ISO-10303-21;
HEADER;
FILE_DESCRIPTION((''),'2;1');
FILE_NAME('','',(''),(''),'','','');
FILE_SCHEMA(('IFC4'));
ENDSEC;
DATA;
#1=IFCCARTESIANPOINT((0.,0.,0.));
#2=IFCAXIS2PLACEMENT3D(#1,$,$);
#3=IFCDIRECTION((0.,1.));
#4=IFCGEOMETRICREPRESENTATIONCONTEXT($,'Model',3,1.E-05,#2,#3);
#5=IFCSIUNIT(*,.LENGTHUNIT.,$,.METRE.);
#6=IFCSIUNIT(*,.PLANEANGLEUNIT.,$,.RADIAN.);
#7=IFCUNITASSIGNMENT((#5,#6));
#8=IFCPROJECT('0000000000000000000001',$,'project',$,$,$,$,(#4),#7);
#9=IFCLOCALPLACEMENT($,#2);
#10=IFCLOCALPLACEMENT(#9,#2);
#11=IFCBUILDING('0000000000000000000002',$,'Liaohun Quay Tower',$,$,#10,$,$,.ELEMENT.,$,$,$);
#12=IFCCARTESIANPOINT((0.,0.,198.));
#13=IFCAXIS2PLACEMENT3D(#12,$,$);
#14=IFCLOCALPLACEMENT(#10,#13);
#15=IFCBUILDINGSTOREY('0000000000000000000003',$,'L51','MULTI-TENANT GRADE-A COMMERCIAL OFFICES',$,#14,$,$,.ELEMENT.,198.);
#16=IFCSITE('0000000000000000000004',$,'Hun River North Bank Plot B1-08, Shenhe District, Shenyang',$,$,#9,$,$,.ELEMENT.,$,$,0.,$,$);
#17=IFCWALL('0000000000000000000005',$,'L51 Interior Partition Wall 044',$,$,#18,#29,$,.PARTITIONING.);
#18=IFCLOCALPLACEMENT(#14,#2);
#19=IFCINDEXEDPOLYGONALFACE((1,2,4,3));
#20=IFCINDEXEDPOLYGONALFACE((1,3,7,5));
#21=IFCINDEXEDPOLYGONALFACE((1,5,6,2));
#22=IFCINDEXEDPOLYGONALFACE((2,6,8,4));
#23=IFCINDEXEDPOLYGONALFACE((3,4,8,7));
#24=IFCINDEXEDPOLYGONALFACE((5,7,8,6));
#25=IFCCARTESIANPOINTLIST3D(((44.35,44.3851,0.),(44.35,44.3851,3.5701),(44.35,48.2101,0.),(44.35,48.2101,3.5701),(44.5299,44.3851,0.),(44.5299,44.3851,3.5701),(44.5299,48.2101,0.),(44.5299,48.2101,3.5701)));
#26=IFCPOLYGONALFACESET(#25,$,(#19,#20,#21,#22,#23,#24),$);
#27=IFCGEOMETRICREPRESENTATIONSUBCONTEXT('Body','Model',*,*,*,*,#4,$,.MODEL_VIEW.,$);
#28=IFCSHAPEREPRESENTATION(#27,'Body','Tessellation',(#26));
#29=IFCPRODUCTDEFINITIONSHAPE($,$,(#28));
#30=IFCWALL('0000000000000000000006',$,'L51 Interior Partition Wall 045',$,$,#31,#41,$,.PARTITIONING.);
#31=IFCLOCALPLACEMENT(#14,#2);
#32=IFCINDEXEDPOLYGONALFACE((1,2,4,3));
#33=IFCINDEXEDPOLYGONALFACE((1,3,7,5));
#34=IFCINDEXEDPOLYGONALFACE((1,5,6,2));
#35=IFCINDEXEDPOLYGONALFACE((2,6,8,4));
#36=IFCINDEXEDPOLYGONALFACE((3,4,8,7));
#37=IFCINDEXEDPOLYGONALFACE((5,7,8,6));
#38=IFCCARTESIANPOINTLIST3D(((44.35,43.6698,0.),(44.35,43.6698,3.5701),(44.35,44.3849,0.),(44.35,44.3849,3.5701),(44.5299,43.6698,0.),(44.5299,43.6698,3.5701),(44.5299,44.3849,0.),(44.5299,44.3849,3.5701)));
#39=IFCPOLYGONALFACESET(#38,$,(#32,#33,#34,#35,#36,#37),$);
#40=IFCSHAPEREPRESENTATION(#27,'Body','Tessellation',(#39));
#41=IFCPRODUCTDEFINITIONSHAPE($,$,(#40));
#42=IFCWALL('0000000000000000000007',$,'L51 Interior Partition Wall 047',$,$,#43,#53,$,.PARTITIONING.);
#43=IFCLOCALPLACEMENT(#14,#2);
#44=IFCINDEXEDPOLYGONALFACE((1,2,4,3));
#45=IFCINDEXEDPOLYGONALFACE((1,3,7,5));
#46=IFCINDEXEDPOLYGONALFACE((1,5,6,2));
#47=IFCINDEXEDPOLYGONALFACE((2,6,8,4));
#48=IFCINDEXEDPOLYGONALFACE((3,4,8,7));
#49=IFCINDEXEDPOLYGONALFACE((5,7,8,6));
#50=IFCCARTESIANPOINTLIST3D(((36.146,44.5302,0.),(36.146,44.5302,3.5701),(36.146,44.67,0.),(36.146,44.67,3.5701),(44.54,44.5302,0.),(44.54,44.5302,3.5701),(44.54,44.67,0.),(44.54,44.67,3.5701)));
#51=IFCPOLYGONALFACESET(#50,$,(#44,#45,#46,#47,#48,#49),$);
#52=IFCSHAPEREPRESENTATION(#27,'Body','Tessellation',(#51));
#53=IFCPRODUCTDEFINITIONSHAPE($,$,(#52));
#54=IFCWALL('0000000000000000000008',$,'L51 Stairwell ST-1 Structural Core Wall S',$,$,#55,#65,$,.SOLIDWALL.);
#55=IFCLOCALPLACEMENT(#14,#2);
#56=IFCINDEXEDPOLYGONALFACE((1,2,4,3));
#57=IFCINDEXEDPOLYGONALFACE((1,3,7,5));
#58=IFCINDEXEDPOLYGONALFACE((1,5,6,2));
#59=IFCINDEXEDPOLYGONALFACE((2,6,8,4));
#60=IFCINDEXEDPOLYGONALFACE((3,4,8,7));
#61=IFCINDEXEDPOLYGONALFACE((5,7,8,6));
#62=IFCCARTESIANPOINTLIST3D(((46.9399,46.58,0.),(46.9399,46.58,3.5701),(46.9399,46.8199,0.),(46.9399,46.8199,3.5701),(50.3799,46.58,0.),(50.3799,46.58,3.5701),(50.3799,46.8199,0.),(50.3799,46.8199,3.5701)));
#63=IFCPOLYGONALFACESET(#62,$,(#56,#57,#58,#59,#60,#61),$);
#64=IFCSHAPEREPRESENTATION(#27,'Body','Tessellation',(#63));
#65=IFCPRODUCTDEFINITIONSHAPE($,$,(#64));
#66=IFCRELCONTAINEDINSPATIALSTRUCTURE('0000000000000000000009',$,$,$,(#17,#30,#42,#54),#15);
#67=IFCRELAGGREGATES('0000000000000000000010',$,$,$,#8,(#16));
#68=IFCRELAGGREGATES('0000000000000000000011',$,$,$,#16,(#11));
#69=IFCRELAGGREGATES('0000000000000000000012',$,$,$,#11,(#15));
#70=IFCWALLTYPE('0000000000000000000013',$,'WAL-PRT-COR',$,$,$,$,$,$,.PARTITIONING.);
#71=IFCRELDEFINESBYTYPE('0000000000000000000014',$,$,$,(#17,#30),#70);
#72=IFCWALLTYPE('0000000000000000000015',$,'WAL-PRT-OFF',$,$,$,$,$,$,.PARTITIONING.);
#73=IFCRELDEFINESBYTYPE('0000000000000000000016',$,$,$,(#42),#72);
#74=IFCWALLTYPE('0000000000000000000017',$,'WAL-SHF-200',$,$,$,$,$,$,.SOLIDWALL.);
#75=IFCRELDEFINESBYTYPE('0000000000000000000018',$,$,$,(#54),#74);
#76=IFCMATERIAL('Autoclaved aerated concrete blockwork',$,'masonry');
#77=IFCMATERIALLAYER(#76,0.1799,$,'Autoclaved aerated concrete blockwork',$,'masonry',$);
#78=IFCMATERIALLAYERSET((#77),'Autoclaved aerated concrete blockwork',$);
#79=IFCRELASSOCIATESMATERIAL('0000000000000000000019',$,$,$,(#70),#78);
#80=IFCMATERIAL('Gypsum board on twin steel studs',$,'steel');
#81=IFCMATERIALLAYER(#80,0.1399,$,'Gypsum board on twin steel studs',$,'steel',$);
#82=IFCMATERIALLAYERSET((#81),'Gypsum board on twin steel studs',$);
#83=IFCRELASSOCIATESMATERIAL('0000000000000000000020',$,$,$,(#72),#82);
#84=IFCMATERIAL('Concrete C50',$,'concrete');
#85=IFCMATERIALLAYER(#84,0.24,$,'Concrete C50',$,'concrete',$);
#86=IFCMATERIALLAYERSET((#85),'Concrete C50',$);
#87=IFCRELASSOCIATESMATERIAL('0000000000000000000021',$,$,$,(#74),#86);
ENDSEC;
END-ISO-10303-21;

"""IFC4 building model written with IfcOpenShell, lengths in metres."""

from ifc_helpers import new_model, si_unit, direction, frame, frame_2d, origin, place, context, subcontext, project, spatial, rectangle, extrude, material, layer, layer_set, type_object, element, save


model = new_model("IFC4")

# Units and contexts
model_context = context("Model", 3, precision=1e-05, world=origin(), true_north=direction((0.0, 1.0)))
body_context = subcontext(model_context, "Body", "Model", "MODEL_VIEW")
ifc_project = project(units=[si_unit("LENGTHUNIT", "METRE"), si_unit("PLANEANGLEUNIT", "RADIAN")], contexts=[model_context])

# Site, building, storey
site_placement = place(None, origin())
site = spatial("IfcSite", under=ifc_project, at=site_placement, Name="Hun River North Bank Plot B1-08, Shenhe District, Shenyang", CompositionType="ELEMENT", RefElevation=0.0)
building_placement = place(site_placement, origin())
building = spatial("IfcBuilding", under=site, at=building_placement, Name="Liaohun Quay Tower", CompositionType="ELEMENT")
storey_placement = place(building_placement, frame((0.0, 0.0, 198.0)))
storey = spatial("IfcBuildingStorey", under=building, at=storey_placement, Name="L51", Description="MULTI-TENANT GRADE-A COMMERCIAL OFFICES", CompositionType="ELEMENT", Elevation=198.0)

# Walls
ifc_material_1 = material(Name="Autoclaved aerated concrete blockwork", Category="masonry")
ifc_layer_1 = layer(ifc_material_1, 0.1799, Name="Autoclaved aerated concrete blockwork", Category="masonry")
ifc_layer_set_1 = layer_set([ifc_layer_1], Name="Autoclaved aerated concrete blockwork")
wall_type_1 = type_object("IfcWallType", Name="WAL-PRT-COR", PredefinedType="PARTITIONING", material=ifc_layer_set_1)
wall_1_placement = place(storey_placement, frame((44.4399, 44.385, 0.0), z_axis=(0.0, 0.0, 1.0), x_axis=(0.0, 1.0, 0.0)))
element("IfcWall", 1, at=wall_1_placement, inside=storey, type_object=wall_type_1, Name="L51 Interior Partition Wall 044", PredefinedType="PARTITIONING", context=body_context, shape_type="SweptSolid", body=[
    extrude(rectangle(XDim=3.825, YDim=0.1799, at=frame_2d((1.9126, 0.0))), origin(), (0.0, 0.0, 1.0), 3.5701),
])
wall_2_placement = place(storey_placement, frame((44.4399, 43.6699, 0.0), z_axis=(0.0, 0.0, 1.0), x_axis=(0.0, 1.0, 0.0)))
element("IfcWall", 2, at=wall_2_placement, inside=storey, type_object=wall_type_1, Name="L51 Interior Partition Wall 045", PredefinedType="PARTITIONING", context=body_context, shape_type="SweptSolid", body=[
    extrude(rectangle(XDim=0.7151, YDim=0.1799, at=frame_2d((0.3574, 0.0))), origin(), (0.0, 0.0, 1.0), 3.5701),
])
ifc_material_2 = material(Name="Gypsum board on twin steel studs", Category="steel")
ifc_layer_2 = layer(ifc_material_2, 0.1399, Name="Gypsum board on twin steel studs", Category="steel")
ifc_layer_set_2 = layer_set([ifc_layer_2], Name="Gypsum board on twin steel studs")
wall_type_2 = type_object("IfcWallType", Name="WAL-PRT-OFF", PredefinedType="PARTITIONING", material=ifc_layer_set_2)
wall_3_placement = place(storey_placement, frame((44.54, 44.6001, 0.0), z_axis=(0.0, 0.0, 1.0), x_axis=(-1.0, 0.0, 0.0)))
element("IfcWall", 3, at=wall_3_placement, inside=storey, type_object=wall_type_2, Name="L51 Interior Partition Wall 047", PredefinedType="PARTITIONING", context=body_context, shape_type="SweptSolid", body=[
    extrude(rectangle(XDim=8.394, YDim=0.1399, at=frame_2d((4.197, 0.0))), origin(), (0.0, 0.0, 1.0), 3.5701),
])
ifc_material_3 = material(Name="Concrete C50", Category="concrete")
ifc_layer_3 = layer(ifc_material_3, 0.24, Name="Concrete C50", Category="concrete")
ifc_layer_set_3 = layer_set([ifc_layer_3], Name="Concrete C50")
wall_type_3 = type_object("IfcWallType", Name="WAL-SHF-200", PredefinedType="SOLIDWALL", material=ifc_layer_set_3)
wall_4_placement = place(storey_placement, frame((46.9399, 46.7, 0.0), z_axis=(0.0, 0.0, 1.0), x_axis=(1.0, 0.0, 0.0)))
element("IfcWall", 4, at=wall_4_placement, inside=storey, type_object=wall_type_3, Name="L51 Stairwell ST-1 Structural Core Wall S", PredefinedType="SOLIDWALL", context=body_context, shape_type="SweptSolid", body=[
    extrude(rectangle(XDim=3.4399, YDim=0.24, at=frame_2d((1.72, 0.0))), origin(), (0.0, 0.0, 1.0), 3.5701),
])

save(model, "model.ifc")
